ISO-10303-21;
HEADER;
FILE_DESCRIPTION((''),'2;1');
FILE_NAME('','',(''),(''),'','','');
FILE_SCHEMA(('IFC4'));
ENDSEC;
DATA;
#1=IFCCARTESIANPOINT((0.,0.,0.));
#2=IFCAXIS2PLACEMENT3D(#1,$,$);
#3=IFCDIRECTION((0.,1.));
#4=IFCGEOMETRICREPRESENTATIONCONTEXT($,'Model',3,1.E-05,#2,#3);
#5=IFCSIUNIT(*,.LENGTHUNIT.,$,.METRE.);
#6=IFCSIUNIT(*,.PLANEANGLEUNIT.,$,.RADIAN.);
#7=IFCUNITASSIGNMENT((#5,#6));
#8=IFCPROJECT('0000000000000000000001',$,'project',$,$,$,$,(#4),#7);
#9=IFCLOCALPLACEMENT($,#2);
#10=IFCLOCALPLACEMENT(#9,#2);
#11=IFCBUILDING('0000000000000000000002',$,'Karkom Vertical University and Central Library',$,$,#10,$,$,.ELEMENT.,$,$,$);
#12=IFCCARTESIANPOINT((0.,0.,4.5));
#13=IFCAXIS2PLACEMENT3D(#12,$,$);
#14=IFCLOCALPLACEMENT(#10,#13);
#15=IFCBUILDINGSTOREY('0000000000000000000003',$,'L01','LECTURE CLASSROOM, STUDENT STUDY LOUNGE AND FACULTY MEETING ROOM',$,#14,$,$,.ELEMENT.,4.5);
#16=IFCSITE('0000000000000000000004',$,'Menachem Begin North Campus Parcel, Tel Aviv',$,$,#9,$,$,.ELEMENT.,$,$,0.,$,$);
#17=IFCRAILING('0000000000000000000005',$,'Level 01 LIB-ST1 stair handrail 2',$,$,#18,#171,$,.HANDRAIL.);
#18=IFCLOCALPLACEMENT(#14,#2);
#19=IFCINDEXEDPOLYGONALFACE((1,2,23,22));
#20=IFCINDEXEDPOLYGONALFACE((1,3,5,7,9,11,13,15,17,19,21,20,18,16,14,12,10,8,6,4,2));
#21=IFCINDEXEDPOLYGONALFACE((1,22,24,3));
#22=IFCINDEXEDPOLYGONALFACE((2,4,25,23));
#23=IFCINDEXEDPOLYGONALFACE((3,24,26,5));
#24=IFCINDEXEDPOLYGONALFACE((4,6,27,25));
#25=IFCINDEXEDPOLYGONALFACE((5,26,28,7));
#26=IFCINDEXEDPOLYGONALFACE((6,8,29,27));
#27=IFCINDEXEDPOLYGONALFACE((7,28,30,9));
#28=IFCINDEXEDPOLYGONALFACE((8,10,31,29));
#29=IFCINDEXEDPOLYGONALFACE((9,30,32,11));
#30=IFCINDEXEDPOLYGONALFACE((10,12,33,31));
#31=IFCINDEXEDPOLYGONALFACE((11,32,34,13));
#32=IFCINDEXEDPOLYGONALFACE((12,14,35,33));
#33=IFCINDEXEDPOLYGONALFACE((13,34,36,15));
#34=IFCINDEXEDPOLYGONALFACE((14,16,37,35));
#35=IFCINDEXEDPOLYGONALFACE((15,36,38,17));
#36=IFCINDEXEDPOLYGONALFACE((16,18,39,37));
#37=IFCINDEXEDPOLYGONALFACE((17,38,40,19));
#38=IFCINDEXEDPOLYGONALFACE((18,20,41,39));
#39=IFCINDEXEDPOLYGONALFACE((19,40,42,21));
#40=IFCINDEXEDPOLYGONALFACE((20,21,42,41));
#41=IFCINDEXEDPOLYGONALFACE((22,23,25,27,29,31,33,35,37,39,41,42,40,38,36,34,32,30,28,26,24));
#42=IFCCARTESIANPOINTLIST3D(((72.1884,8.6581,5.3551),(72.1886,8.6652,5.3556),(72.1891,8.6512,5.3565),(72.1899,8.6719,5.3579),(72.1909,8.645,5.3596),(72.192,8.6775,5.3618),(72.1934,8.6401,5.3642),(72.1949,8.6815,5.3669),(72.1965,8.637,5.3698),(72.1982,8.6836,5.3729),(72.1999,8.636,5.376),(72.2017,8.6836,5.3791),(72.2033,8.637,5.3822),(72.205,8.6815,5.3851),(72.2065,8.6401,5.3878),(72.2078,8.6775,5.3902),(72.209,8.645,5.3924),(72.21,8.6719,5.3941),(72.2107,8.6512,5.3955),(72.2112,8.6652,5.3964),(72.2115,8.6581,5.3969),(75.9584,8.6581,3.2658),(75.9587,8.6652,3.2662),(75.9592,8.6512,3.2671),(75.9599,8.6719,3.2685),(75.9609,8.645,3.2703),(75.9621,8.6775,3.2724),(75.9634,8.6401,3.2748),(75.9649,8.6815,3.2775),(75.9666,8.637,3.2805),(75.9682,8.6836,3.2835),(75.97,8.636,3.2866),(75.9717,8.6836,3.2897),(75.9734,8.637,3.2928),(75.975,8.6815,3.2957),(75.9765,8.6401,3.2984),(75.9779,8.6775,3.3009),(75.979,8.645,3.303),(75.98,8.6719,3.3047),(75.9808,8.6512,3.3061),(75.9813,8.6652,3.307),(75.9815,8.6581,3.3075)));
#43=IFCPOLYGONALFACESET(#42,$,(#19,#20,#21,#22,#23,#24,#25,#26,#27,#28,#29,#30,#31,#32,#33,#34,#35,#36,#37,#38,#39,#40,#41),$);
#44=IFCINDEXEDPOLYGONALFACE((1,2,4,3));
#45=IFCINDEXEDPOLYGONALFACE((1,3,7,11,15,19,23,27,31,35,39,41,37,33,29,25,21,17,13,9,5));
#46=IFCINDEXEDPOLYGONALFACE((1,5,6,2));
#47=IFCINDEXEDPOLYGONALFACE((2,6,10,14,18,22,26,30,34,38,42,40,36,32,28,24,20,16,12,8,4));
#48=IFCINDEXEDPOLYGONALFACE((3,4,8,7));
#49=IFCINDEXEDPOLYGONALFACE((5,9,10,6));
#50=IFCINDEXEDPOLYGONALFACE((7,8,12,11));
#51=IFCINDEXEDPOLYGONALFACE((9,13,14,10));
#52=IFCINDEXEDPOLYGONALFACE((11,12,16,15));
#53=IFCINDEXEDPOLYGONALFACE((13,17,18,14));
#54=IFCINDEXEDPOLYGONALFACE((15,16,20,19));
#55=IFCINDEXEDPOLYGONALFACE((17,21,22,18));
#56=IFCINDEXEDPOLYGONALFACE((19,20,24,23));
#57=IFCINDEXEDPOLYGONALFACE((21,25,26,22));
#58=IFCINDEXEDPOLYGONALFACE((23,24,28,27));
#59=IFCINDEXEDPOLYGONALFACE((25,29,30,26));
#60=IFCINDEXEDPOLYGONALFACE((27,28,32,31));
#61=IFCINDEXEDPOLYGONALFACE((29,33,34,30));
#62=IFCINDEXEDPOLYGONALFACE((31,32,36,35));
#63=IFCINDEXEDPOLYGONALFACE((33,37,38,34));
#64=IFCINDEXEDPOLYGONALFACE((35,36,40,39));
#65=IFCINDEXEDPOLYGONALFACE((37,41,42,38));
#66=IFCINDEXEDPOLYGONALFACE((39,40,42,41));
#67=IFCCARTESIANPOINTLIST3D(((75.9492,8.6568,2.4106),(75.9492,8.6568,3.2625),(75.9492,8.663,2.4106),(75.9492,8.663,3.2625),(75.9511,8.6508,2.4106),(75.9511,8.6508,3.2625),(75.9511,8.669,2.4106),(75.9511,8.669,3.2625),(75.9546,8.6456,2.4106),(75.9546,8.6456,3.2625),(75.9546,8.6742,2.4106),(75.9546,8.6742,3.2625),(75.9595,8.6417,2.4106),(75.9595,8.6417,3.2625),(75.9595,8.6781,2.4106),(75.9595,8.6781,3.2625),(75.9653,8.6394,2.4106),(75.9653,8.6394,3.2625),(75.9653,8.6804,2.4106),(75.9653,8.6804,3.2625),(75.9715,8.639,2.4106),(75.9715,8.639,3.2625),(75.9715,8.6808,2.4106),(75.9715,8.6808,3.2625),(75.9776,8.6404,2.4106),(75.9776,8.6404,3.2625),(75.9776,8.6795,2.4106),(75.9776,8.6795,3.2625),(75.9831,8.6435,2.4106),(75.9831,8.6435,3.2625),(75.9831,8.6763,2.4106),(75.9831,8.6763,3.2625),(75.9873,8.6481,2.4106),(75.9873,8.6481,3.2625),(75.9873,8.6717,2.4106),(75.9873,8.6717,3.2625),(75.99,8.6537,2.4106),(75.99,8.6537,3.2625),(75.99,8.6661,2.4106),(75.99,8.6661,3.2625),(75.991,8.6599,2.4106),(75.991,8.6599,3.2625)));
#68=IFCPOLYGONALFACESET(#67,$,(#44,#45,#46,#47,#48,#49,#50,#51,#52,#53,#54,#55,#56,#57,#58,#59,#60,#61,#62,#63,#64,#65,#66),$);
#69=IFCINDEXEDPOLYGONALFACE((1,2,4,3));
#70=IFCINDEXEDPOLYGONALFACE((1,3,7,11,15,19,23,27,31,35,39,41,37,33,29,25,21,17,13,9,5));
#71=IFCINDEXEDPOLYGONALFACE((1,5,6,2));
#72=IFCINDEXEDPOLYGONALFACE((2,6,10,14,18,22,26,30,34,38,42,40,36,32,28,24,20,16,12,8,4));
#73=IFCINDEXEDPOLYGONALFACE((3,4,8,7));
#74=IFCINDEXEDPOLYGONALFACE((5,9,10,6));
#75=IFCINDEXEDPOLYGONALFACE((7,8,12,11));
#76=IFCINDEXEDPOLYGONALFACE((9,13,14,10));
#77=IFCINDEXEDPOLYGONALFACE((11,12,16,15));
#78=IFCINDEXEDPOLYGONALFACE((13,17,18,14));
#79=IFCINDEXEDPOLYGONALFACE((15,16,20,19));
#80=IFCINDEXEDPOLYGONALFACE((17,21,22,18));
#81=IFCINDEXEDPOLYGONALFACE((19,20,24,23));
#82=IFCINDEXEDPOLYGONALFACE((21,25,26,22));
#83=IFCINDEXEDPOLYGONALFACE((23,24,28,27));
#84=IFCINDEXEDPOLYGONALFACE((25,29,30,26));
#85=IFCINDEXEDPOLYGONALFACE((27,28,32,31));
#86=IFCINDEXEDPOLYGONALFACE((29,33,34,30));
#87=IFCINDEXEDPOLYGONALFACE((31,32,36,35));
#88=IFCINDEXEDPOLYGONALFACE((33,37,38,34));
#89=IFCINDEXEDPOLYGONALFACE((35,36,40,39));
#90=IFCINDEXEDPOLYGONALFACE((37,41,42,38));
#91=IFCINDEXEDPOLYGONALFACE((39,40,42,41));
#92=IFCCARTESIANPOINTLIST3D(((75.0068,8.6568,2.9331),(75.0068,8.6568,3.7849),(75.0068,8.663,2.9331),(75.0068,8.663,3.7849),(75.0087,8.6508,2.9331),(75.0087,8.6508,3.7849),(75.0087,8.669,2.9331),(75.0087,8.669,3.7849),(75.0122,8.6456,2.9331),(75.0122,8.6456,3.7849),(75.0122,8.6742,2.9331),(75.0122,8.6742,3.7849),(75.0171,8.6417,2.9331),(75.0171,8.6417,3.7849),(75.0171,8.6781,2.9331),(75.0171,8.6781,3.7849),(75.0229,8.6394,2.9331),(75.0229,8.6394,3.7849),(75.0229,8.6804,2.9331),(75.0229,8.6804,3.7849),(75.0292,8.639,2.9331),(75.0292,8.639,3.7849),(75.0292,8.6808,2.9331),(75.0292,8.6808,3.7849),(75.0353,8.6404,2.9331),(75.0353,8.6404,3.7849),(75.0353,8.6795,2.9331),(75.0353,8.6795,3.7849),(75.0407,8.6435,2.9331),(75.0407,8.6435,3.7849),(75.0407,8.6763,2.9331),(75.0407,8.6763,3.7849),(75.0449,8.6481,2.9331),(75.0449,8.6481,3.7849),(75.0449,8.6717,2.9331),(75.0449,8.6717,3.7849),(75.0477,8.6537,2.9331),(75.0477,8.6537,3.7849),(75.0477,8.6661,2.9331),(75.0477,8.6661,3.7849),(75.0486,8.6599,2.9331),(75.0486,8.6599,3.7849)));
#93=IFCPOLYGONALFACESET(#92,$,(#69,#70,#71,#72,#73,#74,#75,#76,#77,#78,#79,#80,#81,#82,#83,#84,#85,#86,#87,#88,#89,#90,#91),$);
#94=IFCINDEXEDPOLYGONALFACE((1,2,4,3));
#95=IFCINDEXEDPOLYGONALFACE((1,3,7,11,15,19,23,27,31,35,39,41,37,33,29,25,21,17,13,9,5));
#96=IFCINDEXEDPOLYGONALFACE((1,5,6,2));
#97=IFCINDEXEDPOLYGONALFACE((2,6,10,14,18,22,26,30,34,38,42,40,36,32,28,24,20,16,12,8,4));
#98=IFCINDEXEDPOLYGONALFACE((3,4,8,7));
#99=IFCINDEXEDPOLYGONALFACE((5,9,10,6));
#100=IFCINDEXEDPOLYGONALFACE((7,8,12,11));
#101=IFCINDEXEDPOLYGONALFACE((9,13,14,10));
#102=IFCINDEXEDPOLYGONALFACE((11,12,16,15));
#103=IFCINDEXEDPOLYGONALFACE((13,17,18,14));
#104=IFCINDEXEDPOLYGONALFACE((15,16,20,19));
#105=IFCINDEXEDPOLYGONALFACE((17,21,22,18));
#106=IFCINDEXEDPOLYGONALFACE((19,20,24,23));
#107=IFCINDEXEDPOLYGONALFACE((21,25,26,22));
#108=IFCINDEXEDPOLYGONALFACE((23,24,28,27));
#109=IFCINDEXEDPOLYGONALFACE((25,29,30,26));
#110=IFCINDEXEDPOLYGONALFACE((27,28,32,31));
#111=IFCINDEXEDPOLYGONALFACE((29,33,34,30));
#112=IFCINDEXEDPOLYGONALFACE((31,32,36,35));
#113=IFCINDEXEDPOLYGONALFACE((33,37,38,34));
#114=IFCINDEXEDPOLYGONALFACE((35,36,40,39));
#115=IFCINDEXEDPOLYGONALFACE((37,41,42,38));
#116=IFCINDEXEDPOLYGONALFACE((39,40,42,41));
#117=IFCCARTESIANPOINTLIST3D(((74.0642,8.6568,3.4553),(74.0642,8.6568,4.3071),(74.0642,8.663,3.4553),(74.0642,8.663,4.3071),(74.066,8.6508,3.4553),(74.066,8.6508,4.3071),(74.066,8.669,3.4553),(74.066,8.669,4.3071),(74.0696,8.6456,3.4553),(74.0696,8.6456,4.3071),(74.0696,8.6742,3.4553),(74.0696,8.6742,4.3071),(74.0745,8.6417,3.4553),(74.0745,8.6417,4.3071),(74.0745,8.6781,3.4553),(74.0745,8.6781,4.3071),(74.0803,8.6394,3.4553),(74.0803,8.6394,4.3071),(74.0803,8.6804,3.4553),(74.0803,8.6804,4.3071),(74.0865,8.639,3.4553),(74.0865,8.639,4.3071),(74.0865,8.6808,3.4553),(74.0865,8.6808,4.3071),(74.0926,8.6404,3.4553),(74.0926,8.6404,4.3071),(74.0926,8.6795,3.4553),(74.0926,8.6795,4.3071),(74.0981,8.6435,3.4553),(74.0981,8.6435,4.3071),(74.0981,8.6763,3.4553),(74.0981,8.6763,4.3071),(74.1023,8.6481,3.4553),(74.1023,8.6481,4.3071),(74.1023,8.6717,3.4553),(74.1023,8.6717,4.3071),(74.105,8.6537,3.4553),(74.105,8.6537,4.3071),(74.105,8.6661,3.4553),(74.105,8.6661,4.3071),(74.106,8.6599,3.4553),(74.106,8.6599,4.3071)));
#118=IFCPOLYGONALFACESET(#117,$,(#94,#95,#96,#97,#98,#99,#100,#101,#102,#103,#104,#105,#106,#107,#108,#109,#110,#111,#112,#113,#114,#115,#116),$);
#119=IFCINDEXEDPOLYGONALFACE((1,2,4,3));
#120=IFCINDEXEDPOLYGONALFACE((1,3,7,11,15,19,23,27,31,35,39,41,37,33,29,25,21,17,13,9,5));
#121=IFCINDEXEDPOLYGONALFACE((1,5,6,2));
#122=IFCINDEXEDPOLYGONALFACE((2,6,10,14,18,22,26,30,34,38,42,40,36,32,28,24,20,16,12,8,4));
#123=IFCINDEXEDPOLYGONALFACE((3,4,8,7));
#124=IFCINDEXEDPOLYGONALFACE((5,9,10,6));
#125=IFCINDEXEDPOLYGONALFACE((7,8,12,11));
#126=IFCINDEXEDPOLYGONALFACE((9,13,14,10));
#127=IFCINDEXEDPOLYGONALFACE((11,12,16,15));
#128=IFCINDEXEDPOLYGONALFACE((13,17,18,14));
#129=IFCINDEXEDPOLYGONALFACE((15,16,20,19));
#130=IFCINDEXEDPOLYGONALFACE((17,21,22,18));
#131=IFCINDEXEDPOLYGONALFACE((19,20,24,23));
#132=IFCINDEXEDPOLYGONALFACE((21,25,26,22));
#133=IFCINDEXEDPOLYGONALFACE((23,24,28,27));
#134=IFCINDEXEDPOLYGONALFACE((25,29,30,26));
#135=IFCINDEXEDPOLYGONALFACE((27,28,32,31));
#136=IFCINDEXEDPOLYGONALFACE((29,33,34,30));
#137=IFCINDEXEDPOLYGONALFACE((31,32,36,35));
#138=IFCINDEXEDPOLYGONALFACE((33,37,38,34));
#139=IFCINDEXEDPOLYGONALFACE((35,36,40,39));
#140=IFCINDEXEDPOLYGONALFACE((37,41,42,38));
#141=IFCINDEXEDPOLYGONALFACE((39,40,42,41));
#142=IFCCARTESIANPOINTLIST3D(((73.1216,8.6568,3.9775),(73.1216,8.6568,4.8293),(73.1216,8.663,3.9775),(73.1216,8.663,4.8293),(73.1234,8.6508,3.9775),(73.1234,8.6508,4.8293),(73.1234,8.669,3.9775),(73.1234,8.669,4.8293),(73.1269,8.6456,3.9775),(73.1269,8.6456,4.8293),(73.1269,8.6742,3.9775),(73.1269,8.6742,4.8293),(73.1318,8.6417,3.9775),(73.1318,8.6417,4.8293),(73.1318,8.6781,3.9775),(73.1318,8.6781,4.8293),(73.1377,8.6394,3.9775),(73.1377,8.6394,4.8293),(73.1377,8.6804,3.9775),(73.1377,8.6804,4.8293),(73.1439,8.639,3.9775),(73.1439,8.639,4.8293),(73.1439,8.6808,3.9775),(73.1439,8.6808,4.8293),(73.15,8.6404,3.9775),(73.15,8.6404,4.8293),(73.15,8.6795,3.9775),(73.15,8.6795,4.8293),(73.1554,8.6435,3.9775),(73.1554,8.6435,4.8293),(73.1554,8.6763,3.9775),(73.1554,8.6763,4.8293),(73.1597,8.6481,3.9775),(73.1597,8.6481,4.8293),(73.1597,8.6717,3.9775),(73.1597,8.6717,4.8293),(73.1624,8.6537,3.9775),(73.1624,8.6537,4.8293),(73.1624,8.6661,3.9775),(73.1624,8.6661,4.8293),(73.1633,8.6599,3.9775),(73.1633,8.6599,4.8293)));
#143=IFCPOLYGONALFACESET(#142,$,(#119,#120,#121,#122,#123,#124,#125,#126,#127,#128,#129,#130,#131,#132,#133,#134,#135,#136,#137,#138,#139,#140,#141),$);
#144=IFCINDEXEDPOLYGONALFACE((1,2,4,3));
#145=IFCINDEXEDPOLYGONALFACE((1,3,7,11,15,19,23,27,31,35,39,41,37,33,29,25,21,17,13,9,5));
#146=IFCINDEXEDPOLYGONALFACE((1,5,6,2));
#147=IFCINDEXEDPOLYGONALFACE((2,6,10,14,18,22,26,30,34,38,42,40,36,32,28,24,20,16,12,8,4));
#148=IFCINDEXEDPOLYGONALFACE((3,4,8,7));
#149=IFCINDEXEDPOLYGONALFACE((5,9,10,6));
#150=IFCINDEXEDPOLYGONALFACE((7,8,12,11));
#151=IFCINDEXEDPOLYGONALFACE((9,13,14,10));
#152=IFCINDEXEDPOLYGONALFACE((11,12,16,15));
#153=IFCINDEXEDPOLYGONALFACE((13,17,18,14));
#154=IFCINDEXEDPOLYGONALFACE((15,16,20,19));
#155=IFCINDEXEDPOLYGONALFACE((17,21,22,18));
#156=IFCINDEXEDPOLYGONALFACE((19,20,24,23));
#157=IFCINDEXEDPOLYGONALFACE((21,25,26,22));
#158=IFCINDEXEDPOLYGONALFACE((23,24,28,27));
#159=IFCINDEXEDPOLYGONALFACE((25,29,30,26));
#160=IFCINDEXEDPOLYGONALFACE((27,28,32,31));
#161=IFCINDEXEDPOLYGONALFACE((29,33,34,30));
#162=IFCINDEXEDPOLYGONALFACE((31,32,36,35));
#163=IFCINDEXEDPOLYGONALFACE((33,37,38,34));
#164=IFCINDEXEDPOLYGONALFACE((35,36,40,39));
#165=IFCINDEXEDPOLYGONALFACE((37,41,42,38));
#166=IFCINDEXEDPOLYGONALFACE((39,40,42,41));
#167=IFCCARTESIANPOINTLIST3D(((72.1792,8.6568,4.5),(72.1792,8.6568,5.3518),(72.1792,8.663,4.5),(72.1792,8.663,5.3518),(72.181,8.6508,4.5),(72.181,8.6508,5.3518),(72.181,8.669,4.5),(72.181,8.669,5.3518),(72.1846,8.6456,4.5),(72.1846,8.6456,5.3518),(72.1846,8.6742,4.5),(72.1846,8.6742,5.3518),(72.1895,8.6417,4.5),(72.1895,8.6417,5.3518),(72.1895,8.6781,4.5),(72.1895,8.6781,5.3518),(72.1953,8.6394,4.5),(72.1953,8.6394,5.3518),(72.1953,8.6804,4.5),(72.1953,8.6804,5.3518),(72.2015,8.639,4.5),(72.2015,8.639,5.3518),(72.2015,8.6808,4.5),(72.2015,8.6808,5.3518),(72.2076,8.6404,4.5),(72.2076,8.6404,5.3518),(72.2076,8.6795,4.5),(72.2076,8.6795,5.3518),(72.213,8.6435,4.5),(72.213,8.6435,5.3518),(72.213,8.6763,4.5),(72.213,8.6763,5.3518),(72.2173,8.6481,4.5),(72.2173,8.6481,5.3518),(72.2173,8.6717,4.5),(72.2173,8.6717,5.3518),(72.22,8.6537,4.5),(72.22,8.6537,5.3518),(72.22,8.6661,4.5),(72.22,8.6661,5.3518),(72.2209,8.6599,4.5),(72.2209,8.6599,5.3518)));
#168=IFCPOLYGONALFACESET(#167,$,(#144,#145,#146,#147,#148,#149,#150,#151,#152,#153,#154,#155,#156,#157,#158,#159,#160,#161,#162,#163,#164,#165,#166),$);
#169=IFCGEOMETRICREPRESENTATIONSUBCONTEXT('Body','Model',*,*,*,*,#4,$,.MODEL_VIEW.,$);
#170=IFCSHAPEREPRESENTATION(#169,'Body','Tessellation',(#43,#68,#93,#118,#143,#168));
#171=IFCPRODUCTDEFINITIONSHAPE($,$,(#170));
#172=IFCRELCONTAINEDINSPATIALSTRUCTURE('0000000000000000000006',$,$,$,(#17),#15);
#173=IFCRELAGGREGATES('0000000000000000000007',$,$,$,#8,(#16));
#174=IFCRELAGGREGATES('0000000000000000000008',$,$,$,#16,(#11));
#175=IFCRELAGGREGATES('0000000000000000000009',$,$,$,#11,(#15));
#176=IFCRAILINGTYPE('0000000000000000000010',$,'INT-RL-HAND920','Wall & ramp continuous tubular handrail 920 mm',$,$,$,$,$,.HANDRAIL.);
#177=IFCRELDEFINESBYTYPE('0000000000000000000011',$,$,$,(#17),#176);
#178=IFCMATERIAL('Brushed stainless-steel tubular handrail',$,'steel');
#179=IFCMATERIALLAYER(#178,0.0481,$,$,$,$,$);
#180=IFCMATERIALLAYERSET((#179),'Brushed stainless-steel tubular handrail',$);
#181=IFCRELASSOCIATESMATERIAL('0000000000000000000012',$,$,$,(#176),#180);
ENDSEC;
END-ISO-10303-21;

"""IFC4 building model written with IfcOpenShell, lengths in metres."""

from ifc_helpers import new_model, si_unit, direction, frame, origin, origin_2d, place, context, subcontext, project, spatial, circle, extrude, material, layer, layer_set, type_object, element, save


model = new_model("IFC4")

# Units and contexts
model_context = context("Model", 3, precision=1e-05, world=origin(), true_north=direction((0.0, 1.0)))
body_context = subcontext(model_context, "Body", "Model", "MODEL_VIEW")
ifc_project = project(units=[si_unit("LENGTHUNIT", "METRE"), si_unit("PLANEANGLEUNIT", "RADIAN")], contexts=[model_context])

# Site, building, storey
site_placement = place(None, origin())
site = spatial("IfcSite", under=ifc_project, at=site_placement, Name="Menachem Begin North Campus Parcel, Tel Aviv", CompositionType="ELEMENT", RefElevation=0.0)
building_placement = place(site_placement, origin())
building = spatial("IfcBuilding", under=site, at=building_placement, Name="Karkom Vertical University and Central Library", CompositionType="ELEMENT")
storey_placement = place(building_placement, frame((0.0, 0.0, 4.5)))
storey = spatial("IfcBuildingStorey", under=building, at=storey_placement, Name="L01", Description="LECTURE CLASSROOM, STUDENT STUDY LOUNGE AND FACULTY MEETING ROOM", CompositionType="ELEMENT", Elevation=4.5)

# Railing
ifc_material_1 = material(Name="Brushed stainless-steel tubular handrail", Category="steel")
ifc_layer_1 = layer(ifc_material_1, 0.0481)
ifc_layer_set_1 = layer_set([ifc_layer_1], Name="Brushed stainless-steel tubular handrail")
railing_type = type_object("IfcRailingType", Name="INT-RL-HAND920", Description="Wall & ramp continuous tubular handrail 920 mm", PredefinedType="HANDRAIL", material=ifc_layer_set_1)
railing_placement = place(storey_placement, frame((75.97, 8.6599, 2.4106)))
element("IfcRailing", 1, at=railing_placement, inside=storey, type_object=railing_type, Name="Level 01 LIB-ST1 stair handrail 2", PredefinedType="HANDRAIL", context=body_context, shape_type="SweptSolid", body=[
    extrude(circle(Radius=0.0239, at=origin_2d()), frame((0.0, 0.0, 0.876), z_axis=(-0.874659, 0.0, 0.484739), x_axis=(0.0, -1.0, 0.0)), (0.0, 0.0, 1.0), 4.3103),
    extrude(circle(Radius=0.021, at=origin_2d()), origin(), (0.0, 0.0, 1.0), 0.8518),
    extrude(circle(Radius=0.021, at=origin_2d()), frame((-0.9424, 0.0, 0.5225)), (0.0, 0.0, 1.0), 0.8518),
    extrude(circle(Radius=0.021, at=origin_2d()), frame((-1.885, 0.0, 1.0447)), (0.0, 0.0, 1.0), 0.8518),
    extrude(circle(Radius=0.021, at=origin_2d()), frame((-2.8276, 0.0, 1.5669)), (0.0, 0.0, 1.0), 0.8518),
    extrude(circle(Radius=0.021, at=origin_2d()), frame((-3.77, 0.0, 2.0894)), (0.0, 0.0, 1.0), 0.8518),
])

save(model, "model.ifc")
